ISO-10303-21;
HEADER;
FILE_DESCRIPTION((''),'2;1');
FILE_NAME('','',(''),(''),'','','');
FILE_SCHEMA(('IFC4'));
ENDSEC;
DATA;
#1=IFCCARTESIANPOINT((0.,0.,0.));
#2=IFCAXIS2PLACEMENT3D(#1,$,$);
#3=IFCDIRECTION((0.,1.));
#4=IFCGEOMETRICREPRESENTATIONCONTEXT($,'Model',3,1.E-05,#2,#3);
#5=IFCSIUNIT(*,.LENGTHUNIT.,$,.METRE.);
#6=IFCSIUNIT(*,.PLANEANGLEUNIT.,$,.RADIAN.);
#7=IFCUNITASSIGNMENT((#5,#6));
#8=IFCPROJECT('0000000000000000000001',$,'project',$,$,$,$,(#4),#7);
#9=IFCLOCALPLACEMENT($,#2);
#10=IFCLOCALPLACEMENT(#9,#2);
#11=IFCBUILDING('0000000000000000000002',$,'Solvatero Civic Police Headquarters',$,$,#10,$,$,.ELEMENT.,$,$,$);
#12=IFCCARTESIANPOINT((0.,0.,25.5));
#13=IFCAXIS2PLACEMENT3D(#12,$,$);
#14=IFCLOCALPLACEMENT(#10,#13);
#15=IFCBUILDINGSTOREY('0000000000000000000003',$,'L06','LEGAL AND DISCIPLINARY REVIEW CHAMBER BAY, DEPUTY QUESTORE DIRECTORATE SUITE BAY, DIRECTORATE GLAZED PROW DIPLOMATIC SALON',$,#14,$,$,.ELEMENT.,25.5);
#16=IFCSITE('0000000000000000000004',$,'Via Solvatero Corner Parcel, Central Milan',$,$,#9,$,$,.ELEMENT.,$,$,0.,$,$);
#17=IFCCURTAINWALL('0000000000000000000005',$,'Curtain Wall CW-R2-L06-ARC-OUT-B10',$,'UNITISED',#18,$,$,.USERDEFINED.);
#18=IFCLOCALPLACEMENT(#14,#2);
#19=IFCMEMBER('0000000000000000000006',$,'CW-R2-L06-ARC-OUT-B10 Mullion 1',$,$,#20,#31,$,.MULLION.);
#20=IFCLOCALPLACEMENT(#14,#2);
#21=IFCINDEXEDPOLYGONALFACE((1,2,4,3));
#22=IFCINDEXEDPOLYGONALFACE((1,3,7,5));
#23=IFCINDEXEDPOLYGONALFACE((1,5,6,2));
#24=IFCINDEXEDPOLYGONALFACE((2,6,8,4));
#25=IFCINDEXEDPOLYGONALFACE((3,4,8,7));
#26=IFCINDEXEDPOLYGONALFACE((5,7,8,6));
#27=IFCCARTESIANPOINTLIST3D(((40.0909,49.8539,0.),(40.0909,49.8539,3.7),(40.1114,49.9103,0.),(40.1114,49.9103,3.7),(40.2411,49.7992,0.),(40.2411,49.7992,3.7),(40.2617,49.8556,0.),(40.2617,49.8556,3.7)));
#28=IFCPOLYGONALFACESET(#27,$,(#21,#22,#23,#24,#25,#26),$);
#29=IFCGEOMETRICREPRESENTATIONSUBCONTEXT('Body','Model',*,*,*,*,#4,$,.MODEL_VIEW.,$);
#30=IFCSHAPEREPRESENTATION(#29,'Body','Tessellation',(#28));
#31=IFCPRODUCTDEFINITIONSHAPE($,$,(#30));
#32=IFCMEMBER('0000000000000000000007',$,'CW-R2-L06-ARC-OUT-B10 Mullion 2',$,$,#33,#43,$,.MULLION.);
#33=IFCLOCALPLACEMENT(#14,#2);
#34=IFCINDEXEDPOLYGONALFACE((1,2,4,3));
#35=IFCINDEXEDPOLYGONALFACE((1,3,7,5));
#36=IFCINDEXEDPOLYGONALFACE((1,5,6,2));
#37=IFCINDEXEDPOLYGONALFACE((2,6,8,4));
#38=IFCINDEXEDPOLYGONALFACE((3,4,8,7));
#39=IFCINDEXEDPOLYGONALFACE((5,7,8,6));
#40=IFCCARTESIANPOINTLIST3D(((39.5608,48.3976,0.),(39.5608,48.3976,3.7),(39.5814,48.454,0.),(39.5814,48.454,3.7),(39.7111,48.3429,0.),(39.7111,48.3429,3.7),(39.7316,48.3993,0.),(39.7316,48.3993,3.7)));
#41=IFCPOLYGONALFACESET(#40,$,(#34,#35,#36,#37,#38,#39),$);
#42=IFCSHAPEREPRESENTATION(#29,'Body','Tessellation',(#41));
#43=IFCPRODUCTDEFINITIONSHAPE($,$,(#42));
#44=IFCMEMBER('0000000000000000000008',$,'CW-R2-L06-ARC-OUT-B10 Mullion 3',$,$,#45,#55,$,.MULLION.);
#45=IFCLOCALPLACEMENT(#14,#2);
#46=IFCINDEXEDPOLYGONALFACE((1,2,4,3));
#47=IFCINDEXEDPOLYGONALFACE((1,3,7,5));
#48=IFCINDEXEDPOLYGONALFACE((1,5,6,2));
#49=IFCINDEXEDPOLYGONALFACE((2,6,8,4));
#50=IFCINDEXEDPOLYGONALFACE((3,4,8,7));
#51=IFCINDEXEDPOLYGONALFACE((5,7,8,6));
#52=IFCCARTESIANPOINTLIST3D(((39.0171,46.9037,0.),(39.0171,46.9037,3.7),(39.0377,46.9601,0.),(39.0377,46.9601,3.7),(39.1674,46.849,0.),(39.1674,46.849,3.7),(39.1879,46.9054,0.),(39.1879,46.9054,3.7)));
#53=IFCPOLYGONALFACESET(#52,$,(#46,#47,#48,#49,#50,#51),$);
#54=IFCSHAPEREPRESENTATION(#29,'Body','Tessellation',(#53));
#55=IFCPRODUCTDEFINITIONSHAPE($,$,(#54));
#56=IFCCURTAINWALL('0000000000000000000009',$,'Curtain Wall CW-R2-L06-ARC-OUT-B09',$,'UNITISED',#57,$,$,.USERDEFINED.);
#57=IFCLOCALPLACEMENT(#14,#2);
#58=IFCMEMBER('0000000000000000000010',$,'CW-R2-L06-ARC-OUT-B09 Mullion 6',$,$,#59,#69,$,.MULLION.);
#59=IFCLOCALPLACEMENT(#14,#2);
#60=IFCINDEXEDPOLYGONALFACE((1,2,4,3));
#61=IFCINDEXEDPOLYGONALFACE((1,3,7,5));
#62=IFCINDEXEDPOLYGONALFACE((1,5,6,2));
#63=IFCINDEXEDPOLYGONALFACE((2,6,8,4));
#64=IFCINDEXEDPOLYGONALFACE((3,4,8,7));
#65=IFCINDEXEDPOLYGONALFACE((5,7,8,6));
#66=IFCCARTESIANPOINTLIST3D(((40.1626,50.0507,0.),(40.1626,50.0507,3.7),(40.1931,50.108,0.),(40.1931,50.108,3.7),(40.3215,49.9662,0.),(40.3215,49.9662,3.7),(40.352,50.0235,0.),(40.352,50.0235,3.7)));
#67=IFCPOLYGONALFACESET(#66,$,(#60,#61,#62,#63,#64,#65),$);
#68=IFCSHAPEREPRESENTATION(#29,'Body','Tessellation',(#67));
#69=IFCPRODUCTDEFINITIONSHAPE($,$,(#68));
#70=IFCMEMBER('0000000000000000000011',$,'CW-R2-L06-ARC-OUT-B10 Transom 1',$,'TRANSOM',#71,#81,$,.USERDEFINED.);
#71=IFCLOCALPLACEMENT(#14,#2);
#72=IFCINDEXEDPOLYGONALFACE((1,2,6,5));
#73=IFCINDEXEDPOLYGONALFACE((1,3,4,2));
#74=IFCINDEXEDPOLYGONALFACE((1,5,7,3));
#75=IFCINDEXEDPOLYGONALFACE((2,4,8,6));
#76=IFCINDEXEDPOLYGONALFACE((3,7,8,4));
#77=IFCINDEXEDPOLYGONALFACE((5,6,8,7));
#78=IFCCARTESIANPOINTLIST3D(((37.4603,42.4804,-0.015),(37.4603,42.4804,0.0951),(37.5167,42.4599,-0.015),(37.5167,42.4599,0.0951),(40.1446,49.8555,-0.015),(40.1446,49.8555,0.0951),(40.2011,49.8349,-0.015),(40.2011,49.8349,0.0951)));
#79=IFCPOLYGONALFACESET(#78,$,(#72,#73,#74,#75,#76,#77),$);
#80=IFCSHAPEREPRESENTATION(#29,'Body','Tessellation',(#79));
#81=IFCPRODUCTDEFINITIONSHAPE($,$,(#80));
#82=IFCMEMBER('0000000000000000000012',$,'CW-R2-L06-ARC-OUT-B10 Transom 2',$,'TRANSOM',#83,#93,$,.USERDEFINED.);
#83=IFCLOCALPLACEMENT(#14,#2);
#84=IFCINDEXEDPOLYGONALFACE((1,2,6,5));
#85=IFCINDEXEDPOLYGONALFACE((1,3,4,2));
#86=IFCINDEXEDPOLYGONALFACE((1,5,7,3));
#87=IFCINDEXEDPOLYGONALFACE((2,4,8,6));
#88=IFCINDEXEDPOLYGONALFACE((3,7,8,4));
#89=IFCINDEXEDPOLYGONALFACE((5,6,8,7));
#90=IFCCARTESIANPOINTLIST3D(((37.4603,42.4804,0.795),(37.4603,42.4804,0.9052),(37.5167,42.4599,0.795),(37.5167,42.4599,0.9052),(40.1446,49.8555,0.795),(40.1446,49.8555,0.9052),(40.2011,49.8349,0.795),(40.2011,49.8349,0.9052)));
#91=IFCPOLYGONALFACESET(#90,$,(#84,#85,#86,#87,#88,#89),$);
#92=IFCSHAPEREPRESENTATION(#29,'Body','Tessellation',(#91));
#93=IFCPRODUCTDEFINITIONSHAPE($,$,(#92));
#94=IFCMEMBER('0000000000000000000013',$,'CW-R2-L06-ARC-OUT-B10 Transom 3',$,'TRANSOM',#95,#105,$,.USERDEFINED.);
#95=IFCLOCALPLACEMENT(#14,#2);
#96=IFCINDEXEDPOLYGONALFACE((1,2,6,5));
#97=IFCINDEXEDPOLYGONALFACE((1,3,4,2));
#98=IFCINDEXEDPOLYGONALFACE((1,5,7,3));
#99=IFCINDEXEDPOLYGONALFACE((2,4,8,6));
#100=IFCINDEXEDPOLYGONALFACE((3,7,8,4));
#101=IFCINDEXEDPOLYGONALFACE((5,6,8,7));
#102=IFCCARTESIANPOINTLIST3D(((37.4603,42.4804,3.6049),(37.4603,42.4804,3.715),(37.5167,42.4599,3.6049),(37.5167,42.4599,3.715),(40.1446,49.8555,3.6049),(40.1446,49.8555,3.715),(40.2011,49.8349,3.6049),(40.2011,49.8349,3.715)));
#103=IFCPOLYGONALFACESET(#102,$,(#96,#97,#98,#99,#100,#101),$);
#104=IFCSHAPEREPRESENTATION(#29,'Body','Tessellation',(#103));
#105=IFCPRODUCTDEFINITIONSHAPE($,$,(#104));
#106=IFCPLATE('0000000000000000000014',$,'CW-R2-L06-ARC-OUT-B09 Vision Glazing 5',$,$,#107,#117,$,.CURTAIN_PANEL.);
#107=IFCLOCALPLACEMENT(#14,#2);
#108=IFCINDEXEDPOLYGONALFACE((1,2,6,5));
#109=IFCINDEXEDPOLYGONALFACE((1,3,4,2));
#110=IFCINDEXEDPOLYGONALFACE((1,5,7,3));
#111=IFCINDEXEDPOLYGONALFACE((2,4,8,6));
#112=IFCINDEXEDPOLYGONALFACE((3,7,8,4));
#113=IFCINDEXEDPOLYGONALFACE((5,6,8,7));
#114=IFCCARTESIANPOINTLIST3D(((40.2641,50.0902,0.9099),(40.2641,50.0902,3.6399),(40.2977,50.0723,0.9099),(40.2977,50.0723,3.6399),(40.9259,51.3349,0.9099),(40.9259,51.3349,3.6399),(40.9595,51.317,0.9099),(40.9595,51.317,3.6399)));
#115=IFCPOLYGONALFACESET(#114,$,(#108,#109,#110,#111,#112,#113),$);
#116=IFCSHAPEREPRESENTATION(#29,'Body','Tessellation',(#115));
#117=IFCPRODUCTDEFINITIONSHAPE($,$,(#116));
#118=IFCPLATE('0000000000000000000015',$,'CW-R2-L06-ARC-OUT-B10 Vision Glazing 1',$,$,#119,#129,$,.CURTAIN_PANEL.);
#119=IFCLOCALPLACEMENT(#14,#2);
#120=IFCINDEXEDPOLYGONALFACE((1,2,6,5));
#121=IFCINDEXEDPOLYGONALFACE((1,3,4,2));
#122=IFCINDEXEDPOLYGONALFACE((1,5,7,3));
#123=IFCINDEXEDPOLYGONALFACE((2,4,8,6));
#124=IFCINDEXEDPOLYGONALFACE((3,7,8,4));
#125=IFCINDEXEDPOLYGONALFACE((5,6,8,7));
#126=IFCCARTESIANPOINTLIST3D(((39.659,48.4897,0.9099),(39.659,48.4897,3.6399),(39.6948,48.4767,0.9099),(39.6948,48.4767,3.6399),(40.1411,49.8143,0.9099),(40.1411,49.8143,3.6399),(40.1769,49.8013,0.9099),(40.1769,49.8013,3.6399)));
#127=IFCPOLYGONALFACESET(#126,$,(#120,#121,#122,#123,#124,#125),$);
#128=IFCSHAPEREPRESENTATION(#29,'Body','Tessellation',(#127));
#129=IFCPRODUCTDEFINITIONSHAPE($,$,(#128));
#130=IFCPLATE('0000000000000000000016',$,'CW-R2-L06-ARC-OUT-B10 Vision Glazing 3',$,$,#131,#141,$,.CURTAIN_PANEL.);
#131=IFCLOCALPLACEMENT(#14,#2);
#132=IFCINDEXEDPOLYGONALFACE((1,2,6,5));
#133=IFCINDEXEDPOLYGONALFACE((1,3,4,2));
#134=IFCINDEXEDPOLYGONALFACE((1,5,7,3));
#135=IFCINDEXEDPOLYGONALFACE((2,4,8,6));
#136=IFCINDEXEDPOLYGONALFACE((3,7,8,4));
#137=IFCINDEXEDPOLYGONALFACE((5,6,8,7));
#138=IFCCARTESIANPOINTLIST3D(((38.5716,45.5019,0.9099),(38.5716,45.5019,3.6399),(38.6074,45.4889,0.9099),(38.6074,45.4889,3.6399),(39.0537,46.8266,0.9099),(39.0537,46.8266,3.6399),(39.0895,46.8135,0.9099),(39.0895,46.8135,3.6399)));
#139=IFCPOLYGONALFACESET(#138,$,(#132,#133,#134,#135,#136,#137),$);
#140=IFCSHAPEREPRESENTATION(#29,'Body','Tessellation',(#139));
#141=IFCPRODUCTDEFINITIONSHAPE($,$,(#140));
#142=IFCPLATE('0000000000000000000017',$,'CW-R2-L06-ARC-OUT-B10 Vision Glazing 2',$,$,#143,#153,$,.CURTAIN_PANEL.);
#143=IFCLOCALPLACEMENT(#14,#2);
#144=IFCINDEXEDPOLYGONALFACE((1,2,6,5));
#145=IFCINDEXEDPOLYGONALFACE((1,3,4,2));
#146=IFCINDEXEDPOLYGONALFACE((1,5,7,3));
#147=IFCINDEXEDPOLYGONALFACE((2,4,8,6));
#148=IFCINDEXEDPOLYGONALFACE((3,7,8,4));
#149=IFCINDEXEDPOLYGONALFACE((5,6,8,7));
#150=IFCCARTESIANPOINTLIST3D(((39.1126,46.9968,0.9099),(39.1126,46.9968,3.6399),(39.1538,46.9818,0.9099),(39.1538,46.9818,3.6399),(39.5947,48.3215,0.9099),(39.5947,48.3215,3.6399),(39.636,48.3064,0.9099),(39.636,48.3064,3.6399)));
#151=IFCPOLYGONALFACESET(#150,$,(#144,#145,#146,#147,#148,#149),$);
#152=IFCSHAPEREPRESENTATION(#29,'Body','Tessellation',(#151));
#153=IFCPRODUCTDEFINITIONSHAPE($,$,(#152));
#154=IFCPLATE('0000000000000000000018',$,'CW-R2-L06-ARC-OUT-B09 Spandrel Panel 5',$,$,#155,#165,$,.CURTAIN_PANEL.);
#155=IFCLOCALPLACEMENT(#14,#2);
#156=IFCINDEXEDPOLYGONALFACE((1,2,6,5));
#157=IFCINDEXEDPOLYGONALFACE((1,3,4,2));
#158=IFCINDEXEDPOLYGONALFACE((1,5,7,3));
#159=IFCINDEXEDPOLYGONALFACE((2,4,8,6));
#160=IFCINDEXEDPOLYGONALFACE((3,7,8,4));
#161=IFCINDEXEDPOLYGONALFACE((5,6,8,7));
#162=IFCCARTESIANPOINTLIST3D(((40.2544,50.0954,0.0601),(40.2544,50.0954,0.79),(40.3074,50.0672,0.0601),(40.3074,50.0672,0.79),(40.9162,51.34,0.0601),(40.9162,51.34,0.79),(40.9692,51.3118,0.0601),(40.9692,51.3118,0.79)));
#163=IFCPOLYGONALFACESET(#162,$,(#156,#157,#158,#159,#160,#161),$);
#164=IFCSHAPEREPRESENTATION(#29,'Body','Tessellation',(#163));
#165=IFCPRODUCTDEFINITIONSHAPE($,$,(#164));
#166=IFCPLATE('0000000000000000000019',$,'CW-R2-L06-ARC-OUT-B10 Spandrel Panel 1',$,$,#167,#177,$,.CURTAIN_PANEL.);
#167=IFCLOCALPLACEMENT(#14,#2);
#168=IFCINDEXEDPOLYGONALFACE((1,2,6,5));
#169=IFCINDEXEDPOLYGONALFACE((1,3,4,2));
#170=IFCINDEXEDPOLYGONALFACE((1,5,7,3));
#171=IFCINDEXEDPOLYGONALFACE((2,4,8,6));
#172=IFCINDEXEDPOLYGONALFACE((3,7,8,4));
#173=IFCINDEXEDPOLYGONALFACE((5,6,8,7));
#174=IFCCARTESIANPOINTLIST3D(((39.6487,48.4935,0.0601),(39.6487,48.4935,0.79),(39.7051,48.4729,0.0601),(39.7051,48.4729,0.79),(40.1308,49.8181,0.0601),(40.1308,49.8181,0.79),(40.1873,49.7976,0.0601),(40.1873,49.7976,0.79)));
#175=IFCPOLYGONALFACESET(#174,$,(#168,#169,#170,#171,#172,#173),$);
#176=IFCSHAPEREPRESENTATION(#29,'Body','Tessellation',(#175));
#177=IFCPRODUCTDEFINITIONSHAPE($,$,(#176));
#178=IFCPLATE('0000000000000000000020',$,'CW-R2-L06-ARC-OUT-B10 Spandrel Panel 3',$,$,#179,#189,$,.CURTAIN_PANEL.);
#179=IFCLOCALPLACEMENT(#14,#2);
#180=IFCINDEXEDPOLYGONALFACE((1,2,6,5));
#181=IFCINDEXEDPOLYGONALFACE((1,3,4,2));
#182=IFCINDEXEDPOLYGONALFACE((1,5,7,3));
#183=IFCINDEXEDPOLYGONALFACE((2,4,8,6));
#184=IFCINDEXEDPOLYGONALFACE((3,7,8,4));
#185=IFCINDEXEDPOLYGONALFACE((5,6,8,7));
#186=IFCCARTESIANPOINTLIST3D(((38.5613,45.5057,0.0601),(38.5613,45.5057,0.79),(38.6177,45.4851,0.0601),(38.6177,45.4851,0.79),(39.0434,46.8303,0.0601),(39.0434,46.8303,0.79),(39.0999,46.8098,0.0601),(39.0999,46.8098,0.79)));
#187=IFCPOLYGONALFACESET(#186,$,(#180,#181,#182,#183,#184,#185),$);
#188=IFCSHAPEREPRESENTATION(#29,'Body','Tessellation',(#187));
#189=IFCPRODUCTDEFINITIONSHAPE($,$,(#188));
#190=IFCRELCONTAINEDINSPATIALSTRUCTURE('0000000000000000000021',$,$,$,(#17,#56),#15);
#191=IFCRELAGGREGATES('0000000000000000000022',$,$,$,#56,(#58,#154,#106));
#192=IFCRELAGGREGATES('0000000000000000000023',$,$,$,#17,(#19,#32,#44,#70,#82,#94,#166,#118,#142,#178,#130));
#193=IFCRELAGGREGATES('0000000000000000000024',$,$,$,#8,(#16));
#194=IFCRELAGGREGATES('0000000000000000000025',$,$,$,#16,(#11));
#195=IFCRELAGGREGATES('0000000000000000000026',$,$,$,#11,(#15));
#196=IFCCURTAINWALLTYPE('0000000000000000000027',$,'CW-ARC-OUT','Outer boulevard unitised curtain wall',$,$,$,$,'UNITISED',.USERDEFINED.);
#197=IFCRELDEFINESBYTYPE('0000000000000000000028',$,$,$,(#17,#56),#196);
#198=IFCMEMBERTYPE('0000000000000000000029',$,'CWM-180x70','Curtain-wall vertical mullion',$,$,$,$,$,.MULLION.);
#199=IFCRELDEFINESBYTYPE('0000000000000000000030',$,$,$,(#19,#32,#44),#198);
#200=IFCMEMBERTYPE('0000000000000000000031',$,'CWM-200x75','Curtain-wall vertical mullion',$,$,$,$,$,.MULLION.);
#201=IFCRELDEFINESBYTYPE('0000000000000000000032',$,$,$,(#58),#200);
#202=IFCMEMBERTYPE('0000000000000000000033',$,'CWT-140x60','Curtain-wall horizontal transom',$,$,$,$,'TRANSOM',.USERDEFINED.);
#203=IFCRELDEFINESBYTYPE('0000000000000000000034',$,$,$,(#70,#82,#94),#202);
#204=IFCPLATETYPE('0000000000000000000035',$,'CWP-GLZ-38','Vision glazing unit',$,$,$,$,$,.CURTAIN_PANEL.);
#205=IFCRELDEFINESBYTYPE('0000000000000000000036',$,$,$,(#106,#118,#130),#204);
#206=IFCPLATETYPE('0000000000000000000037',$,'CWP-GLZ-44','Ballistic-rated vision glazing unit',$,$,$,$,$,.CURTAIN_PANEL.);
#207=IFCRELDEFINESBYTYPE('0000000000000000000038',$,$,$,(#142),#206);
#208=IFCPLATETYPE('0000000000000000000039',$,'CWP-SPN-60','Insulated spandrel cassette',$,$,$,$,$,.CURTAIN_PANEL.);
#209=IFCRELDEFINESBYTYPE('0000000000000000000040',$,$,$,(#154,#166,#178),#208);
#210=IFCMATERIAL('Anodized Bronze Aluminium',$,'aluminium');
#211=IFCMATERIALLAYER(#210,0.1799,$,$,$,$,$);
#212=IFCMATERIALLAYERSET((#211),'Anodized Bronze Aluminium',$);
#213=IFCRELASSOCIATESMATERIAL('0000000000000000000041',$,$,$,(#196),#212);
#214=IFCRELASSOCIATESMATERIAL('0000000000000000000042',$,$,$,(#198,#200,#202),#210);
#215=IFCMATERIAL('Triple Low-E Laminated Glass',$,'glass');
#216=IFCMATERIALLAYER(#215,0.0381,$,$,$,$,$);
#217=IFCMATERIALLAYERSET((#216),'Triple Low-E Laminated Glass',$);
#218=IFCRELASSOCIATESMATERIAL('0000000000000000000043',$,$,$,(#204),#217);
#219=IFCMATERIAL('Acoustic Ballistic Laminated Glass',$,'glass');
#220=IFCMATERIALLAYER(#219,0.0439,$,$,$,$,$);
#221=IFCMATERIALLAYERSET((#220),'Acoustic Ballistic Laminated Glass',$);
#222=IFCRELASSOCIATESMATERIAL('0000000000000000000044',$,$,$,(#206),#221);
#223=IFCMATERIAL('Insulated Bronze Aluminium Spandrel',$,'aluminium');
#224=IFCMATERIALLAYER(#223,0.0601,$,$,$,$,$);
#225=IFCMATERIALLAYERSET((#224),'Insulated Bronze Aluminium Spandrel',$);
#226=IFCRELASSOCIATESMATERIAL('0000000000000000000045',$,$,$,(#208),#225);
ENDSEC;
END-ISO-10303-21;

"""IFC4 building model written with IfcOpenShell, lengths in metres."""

from ifc_helpers import new_model, si_unit, direction, frame, origin, origin_2d, place, context, subcontext, project, spatial, rectangle, extrude, material, layer, layer_set, material_profile, profile_set, type_object, element, aggregate, save


model = new_model("IFC4")

# Units and contexts
model_context = context("Model", 3, precision=1e-05, world=origin(), true_north=direction((0.0, 1.0)))
body_context = subcontext(model_context, "Body", "Model", "MODEL_VIEW")
ifc_project = project(units=[si_unit("LENGTHUNIT", "METRE"), si_unit("PLANEANGLEUNIT", "RADIAN")], contexts=[model_context])

# Site, building, storey
site_placement = place(None, origin())
site = spatial("IfcSite", under=ifc_project, at=site_placement, Name="Via Solvatero Corner Parcel, Central Milan", CompositionType="ELEMENT", RefElevation=0.0)
building_placement = place(site_placement, origin())
building = spatial("IfcBuilding", under=site, at=building_placement, Name="Solvatero Civic Police Headquarters", CompositionType="ELEMENT")
storey_placement = place(building_placement, frame((0.0, 0.0, 25.5)))
storey = spatial("IfcBuildingStorey", under=building, at=storey_placement, Name="L06", Description="LEGAL AND DISCIPLINARY REVIEW CHAMBER BAY, DEPUTY QUESTORE DIRECTORATE SUITE BAY, DIRECTORATE GLAZED PROW DIPLOMATIC SALON", CompositionType="ELEMENT", Elevation=25.5)

# Curtain wall, members
ifc_material_1 = material(Name="Anodized Bronze Aluminium", Category="aluminium")
ifc_layer_1 = layer(ifc_material_1, 0.1799)
ifc_layer_set_1 = layer_set([ifc_layer_1], Name="Anodized Bronze Aluminium")
curtain_wall_type = type_object("IfcCurtainWallType", Name="CW-ARC-OUT", Description="Outer boulevard unitised curtain wall", ElementType="UNITISED", PredefinedType="USERDEFINED", material=ifc_layer_set_1)
curtain_wall_1_placement = place(storey_placement, origin())
curtain_wall_1 = element("IfcCurtainWall", 1, at=curtain_wall_1_placement, inside=storey, type_object=curtain_wall_type, Name="Curtain Wall CW-R2-L06-ARC-OUT-B10", ObjectType="UNITISED", PredefinedType="USERDEFINED")
ifc_material_profile_1 = material_profile(ifc_material_1, rectangle(XDim=0.0601, YDim=0.1599, at=origin_2d()), Name="ALU MULLION 60x160")
ifc_profile_set_1 = profile_set([ifc_material_profile_1], Name="Anodized Bronze Aluminium")
member_type_1 = type_object("IfcMemberType", Name="CWM-180x70", Description="Curtain-wall vertical mullion", PredefinedType="MULLION", material=ifc_profile_set_1)
member_1_placement = place(storey_placement, frame((40.1763, 49.8547, 0.0), z_axis=(0.0, 0.0, 1.0), x_axis=(-0.34202, -0.939693, 0.0)))
member_1 = element("IfcMember", 2, at=member_1_placement, type_object=member_type_1, Name="CW-R2-L06-ARC-OUT-B10 Mullion 1", PredefinedType="MULLION", context=body_context, shape_type="SweptSolid", body=[
    extrude(rectangle(XDim=0.0601, YDim=0.1599, at=origin_2d()), origin(), (0.0, 0.0, 1.0), 3.7),
])
member_2_placement = place(storey_placement, frame((39.6462, 48.3984, 0.0), z_axis=(0.0, 0.0, 1.0), x_axis=(-0.34202, -0.939693, 0.0)))
member_2 = element("IfcMember", 3, at=member_2_placement, type_object=member_type_1, Name="CW-R2-L06-ARC-OUT-B10 Mullion 2", PredefinedType="MULLION", context=body_context, shape_type="SweptSolid", body=[
    extrude(rectangle(XDim=0.0601, YDim=0.1599, at=origin_2d()), origin(), (0.0, 0.0, 1.0), 3.7),
])
member_3_placement = place(storey_placement, frame((39.1025, 46.9045, 0.0), z_axis=(0.0, 0.0, 1.0), x_axis=(-0.34202, -0.939693, 0.0)))
member_3 = element("IfcMember", 4, at=member_3_placement, type_object=member_type_1, Name="CW-R2-L06-ARC-OUT-B10 Mullion 3", PredefinedType="MULLION", context=body_context, shape_type="SweptSolid", body=[
    extrude(rectangle(XDim=0.0601, YDim=0.1599, at=origin_2d()), origin(), (0.0, 0.0, 1.0), 3.7),
])

# Curtain wall, member
curtain_wall_2_placement = place(storey_placement, origin())
curtain_wall_2 = element("IfcCurtainWall", 5, at=curtain_wall_2_placement, inside=storey, type_object=curtain_wall_type, Name="Curtain Wall CW-R2-L06-ARC-OUT-B09", ObjectType="UNITISED", PredefinedType="USERDEFINED")
ifc_material_profile_2 = material_profile(ifc_material_1, rectangle(XDim=0.0649, YDim=0.1799, at=origin_2d()), Name="ALU MULLION 65x180")
ifc_profile_set_2 = profile_set([ifc_material_profile_2], Name="Anodized Bronze Aluminium")
member_type_2 = type_object("IfcMemberType", Name="CWM-200x75", Description="Curtain-wall vertical mullion", PredefinedType="MULLION", material=ifc_profile_set_2)
member_4_placement = place(storey_placement, frame((40.2573, 50.0371, 0.0), z_axis=(0.0, 0.0, 1.0), x_axis=(-0.469472, -0.882948, 0.0)))
member_4 = element("IfcMember", 6, at=member_4_placement, type_object=member_type_2, Name="CW-R2-L06-ARC-OUT-B09 Mullion 6", PredefinedType="MULLION", context=body_context, shape_type="SweptSolid", body=[
    extrude(rectangle(XDim=0.0649, YDim=0.1799, at=origin_2d()), origin(), (0.0, 0.0, 1.0), 3.7),
])

# Members
ifc_material_profile_3 = material_profile(ifc_material_1, rectangle(XDim=0.0601, YDim=0.1101, at=origin_2d()), Name="ALU TRANSOM 60x110")
ifc_profile_set_3 = profile_set([ifc_material_profile_3], Name="Anodized Bronze Aluminium")
member_type_3 = type_object("IfcMemberType", Name="CWT-140x60", Description="Curtain-wall horizontal transom", ElementType="TRANSOM", PredefinedType="USERDEFINED", material=ifc_profile_set_3)
member_5_placement = place(storey_placement, frame((40.1729, 49.8452, 0.04), z_axis=(-0.342025, -0.939691, 0.0), x_axis=(0.939691, -0.342025, 0.0)))
member_5 = element("IfcMember", 7, at=member_5_placement, type_object=member_type_3, Name="CW-R2-L06-ARC-OUT-B10 Transom 1", ObjectType="TRANSOM", PredefinedType="USERDEFINED", context=body_context, shape_type="SweptSolid", body=[
    extrude(rectangle(XDim=0.0601, YDim=0.1101, at=origin_2d()), origin(), (0.0, 0.0, 1.0), 7.8484),
])
member_6_placement = place(storey_placement, frame((40.1729, 49.8452, 0.8501), z_axis=(-0.342025, -0.939691, 0.0), x_axis=(0.939691, -0.342025, 0.0)))
member_6 = element("IfcMember", 8, at=member_6_placement, type_object=member_type_3, Name="CW-R2-L06-ARC-OUT-B10 Transom 2", ObjectType="TRANSOM", PredefinedType="USERDEFINED", context=body_context, shape_type="SweptSolid", body=[
    extrude(rectangle(XDim=0.0601, YDim=0.1101, at=origin_2d()), origin(), (0.0, 0.0, 1.0), 7.8484),
])
member_7_placement = place(storey_placement, frame((40.1729, 49.8452, 3.6599), z_axis=(-0.342025, -0.939691, 0.0), x_axis=(0.939691, -0.342025, 0.0)))
member_7 = element("IfcMember", 9, at=member_7_placement, type_object=member_type_3, Name="CW-R2-L06-ARC-OUT-B10 Transom 3", ObjectType="TRANSOM", PredefinedType="USERDEFINED", context=body_context, shape_type="SweptSolid", body=[
    extrude(rectangle(XDim=0.0601, YDim=0.1101, at=origin_2d()), origin(), (0.0, 0.0, 1.0), 7.8484),
])

# Plates
ifc_material_2 = material(Name="Triple Low-E Laminated Glass", Category="glass")
ifc_layer_2 = layer(ifc_material_2, 0.0381)
ifc_layer_set_2 = layer_set([ifc_layer_2], Name="Triple Low-E Laminated Glass")
plate_type_1 = type_object("IfcPlateType", Name="CWP-GLZ-38", Description="Vision glazing unit", PredefinedType="CURTAIN_PANEL", material=ifc_layer_set_2)
plate_1_placement = place(storey_placement, frame((40.6118, 50.7036, 0.9099), z_axis=(0.0, 0.0, 1.0), x_axis=(-0.469472, -0.882948, 0.0)))
plate_1 = element("IfcPlate", 10, at=plate_1_placement, type_object=plate_type_1, Name="CW-R2-L06-ARC-OUT-B09 Vision Glazing 5", PredefinedType="CURTAIN_PANEL", context=body_context, shape_type="SweptSolid", body=[
    extrude(rectangle(XDim=1.4097, YDim=0.0381, at=origin_2d()), origin(), (0.0, 0.0, 1.0), 2.73),
])
plate_2_placement = place(storey_placement, frame((39.918, 49.1455, 0.9099), z_axis=(0.0, 0.0, 1.0), x_axis=(-0.34202, -0.939693, 0.0)))
plate_2 = element("IfcPlate", 11, at=plate_2_placement, type_object=plate_type_1, Name="CW-R2-L06-ARC-OUT-B10 Vision Glazing 1", PredefinedType="CURTAIN_PANEL", context=body_context, shape_type="SweptSolid", body=[
    extrude(rectangle(XDim=1.4097, YDim=0.0381, at=origin_2d()), origin(), (0.0, 0.0, 1.0), 2.73),
])
plate_3_placement = place(storey_placement, frame((38.8306, 46.1577, 0.9099), z_axis=(0.0, 0.0, 1.0), x_axis=(-0.34202, -0.939693, 0.0)))
plate_3 = element("IfcPlate", 12, at=plate_3_placement, type_object=plate_type_1, Name="CW-R2-L06-ARC-OUT-B10 Vision Glazing 3", PredefinedType="CURTAIN_PANEL", context=body_context, shape_type="SweptSolid", body=[
    extrude(rectangle(XDim=1.4097, YDim=0.0381, at=origin_2d()), origin(), (0.0, 0.0, 1.0), 2.73),
])
ifc_material_3 = material(Name="Acoustic Ballistic Laminated Glass", Category="glass")
ifc_layer_3 = layer(ifc_material_3, 0.0439)
ifc_layer_set_3 = layer_set([ifc_layer_3], Name="Acoustic Ballistic Laminated Glass")
plate_type_2 = type_object("IfcPlateType", Name="CWP-GLZ-44", Description="Ballistic-rated vision glazing unit", PredefinedType="CURTAIN_PANEL", material=ifc_layer_set_3)
plate_4_placement = place(storey_placement, frame((39.3743, 47.6516, 0.9099), z_axis=(0.0, 0.0, 1.0), x_axis=(-0.34202, -0.939693, 0.0)))
plate_4 = element("IfcPlate", 13, at=plate_4_placement, type_object=plate_type_2, Name="CW-R2-L06-ARC-OUT-B10 Vision Glazing 2", PredefinedType="CURTAIN_PANEL", context=body_context, shape_type="SweptSolid", body=[
    extrude(rectangle(XDim=1.4097, YDim=0.0439, at=origin_2d()), origin(), (0.0, 0.0, 1.0), 2.73),
])
ifc_material_4 = material(Name="Insulated Bronze Aluminium Spandrel", Category="aluminium")
ifc_layer_4 = layer(ifc_material_4, 0.0601)
ifc_layer_set_4 = layer_set([ifc_layer_4], Name="Insulated Bronze Aluminium Spandrel")
plate_type_3 = type_object("IfcPlateType", Name="CWP-SPN-60", Description="Insulated spandrel cassette", PredefinedType="CURTAIN_PANEL", material=ifc_layer_set_4)
plate_5_placement = place(storey_placement, frame((40.6118, 50.7036, 0.0601), z_axis=(0.0, 0.0, 1.0), x_axis=(-0.469472, -0.882948, 0.0)))
plate_5 = element("IfcPlate", 14, at=plate_5_placement, type_object=plate_type_3, Name="CW-R2-L06-ARC-OUT-B09 Spandrel Panel 5", PredefinedType="CURTAIN_PANEL", context=body_context, shape_type="SweptSolid", body=[
    extrude(rectangle(XDim=1.4097, YDim=0.0601, at=origin_2d()), origin(), (0.0, 0.0, 1.0), 0.73),
])
aggregate(curtain_wall_2, [member_4, plate_5, plate_1])
plate_6_placement = place(storey_placement, frame((39.918, 49.1455, 0.0601), z_axis=(0.0, 0.0, 1.0), x_axis=(-0.34202, -0.939693, 0.0)))
plate_6 = element("IfcPlate", 15, at=plate_6_placement, type_object=plate_type_3, Name="CW-R2-L06-ARC-OUT-B10 Spandrel Panel 1", PredefinedType="CURTAIN_PANEL", context=body_context, shape_type="SweptSolid", body=[
    extrude(rectangle(XDim=1.4097, YDim=0.0601, at=origin_2d()), origin(), (0.0, 0.0, 1.0), 0.73),
])
plate_7_placement = place(storey_placement, frame((38.8306, 46.1577, 0.0601), z_axis=(0.0, 0.0, 1.0), x_axis=(-0.34202, -0.939693, 0.0)))
plate_7 = element("IfcPlate", 16, at=plate_7_placement, type_object=plate_type_3, Name="CW-R2-L06-ARC-OUT-B10 Spandrel Panel 3", PredefinedType="CURTAIN_PANEL", context=body_context, shape_type="SweptSolid", body=[
    extrude(rectangle(XDim=1.4097, YDim=0.0601, at=origin_2d()), origin(), (0.0, 0.0, 1.0), 0.73),
])
aggregate(curtain_wall_1, [member_1, member_2, member_3, member_5, member_6, member_7, plate_6, plate_2, plate_4, plate_7, plate_3])

save(model, "model.ifc")
